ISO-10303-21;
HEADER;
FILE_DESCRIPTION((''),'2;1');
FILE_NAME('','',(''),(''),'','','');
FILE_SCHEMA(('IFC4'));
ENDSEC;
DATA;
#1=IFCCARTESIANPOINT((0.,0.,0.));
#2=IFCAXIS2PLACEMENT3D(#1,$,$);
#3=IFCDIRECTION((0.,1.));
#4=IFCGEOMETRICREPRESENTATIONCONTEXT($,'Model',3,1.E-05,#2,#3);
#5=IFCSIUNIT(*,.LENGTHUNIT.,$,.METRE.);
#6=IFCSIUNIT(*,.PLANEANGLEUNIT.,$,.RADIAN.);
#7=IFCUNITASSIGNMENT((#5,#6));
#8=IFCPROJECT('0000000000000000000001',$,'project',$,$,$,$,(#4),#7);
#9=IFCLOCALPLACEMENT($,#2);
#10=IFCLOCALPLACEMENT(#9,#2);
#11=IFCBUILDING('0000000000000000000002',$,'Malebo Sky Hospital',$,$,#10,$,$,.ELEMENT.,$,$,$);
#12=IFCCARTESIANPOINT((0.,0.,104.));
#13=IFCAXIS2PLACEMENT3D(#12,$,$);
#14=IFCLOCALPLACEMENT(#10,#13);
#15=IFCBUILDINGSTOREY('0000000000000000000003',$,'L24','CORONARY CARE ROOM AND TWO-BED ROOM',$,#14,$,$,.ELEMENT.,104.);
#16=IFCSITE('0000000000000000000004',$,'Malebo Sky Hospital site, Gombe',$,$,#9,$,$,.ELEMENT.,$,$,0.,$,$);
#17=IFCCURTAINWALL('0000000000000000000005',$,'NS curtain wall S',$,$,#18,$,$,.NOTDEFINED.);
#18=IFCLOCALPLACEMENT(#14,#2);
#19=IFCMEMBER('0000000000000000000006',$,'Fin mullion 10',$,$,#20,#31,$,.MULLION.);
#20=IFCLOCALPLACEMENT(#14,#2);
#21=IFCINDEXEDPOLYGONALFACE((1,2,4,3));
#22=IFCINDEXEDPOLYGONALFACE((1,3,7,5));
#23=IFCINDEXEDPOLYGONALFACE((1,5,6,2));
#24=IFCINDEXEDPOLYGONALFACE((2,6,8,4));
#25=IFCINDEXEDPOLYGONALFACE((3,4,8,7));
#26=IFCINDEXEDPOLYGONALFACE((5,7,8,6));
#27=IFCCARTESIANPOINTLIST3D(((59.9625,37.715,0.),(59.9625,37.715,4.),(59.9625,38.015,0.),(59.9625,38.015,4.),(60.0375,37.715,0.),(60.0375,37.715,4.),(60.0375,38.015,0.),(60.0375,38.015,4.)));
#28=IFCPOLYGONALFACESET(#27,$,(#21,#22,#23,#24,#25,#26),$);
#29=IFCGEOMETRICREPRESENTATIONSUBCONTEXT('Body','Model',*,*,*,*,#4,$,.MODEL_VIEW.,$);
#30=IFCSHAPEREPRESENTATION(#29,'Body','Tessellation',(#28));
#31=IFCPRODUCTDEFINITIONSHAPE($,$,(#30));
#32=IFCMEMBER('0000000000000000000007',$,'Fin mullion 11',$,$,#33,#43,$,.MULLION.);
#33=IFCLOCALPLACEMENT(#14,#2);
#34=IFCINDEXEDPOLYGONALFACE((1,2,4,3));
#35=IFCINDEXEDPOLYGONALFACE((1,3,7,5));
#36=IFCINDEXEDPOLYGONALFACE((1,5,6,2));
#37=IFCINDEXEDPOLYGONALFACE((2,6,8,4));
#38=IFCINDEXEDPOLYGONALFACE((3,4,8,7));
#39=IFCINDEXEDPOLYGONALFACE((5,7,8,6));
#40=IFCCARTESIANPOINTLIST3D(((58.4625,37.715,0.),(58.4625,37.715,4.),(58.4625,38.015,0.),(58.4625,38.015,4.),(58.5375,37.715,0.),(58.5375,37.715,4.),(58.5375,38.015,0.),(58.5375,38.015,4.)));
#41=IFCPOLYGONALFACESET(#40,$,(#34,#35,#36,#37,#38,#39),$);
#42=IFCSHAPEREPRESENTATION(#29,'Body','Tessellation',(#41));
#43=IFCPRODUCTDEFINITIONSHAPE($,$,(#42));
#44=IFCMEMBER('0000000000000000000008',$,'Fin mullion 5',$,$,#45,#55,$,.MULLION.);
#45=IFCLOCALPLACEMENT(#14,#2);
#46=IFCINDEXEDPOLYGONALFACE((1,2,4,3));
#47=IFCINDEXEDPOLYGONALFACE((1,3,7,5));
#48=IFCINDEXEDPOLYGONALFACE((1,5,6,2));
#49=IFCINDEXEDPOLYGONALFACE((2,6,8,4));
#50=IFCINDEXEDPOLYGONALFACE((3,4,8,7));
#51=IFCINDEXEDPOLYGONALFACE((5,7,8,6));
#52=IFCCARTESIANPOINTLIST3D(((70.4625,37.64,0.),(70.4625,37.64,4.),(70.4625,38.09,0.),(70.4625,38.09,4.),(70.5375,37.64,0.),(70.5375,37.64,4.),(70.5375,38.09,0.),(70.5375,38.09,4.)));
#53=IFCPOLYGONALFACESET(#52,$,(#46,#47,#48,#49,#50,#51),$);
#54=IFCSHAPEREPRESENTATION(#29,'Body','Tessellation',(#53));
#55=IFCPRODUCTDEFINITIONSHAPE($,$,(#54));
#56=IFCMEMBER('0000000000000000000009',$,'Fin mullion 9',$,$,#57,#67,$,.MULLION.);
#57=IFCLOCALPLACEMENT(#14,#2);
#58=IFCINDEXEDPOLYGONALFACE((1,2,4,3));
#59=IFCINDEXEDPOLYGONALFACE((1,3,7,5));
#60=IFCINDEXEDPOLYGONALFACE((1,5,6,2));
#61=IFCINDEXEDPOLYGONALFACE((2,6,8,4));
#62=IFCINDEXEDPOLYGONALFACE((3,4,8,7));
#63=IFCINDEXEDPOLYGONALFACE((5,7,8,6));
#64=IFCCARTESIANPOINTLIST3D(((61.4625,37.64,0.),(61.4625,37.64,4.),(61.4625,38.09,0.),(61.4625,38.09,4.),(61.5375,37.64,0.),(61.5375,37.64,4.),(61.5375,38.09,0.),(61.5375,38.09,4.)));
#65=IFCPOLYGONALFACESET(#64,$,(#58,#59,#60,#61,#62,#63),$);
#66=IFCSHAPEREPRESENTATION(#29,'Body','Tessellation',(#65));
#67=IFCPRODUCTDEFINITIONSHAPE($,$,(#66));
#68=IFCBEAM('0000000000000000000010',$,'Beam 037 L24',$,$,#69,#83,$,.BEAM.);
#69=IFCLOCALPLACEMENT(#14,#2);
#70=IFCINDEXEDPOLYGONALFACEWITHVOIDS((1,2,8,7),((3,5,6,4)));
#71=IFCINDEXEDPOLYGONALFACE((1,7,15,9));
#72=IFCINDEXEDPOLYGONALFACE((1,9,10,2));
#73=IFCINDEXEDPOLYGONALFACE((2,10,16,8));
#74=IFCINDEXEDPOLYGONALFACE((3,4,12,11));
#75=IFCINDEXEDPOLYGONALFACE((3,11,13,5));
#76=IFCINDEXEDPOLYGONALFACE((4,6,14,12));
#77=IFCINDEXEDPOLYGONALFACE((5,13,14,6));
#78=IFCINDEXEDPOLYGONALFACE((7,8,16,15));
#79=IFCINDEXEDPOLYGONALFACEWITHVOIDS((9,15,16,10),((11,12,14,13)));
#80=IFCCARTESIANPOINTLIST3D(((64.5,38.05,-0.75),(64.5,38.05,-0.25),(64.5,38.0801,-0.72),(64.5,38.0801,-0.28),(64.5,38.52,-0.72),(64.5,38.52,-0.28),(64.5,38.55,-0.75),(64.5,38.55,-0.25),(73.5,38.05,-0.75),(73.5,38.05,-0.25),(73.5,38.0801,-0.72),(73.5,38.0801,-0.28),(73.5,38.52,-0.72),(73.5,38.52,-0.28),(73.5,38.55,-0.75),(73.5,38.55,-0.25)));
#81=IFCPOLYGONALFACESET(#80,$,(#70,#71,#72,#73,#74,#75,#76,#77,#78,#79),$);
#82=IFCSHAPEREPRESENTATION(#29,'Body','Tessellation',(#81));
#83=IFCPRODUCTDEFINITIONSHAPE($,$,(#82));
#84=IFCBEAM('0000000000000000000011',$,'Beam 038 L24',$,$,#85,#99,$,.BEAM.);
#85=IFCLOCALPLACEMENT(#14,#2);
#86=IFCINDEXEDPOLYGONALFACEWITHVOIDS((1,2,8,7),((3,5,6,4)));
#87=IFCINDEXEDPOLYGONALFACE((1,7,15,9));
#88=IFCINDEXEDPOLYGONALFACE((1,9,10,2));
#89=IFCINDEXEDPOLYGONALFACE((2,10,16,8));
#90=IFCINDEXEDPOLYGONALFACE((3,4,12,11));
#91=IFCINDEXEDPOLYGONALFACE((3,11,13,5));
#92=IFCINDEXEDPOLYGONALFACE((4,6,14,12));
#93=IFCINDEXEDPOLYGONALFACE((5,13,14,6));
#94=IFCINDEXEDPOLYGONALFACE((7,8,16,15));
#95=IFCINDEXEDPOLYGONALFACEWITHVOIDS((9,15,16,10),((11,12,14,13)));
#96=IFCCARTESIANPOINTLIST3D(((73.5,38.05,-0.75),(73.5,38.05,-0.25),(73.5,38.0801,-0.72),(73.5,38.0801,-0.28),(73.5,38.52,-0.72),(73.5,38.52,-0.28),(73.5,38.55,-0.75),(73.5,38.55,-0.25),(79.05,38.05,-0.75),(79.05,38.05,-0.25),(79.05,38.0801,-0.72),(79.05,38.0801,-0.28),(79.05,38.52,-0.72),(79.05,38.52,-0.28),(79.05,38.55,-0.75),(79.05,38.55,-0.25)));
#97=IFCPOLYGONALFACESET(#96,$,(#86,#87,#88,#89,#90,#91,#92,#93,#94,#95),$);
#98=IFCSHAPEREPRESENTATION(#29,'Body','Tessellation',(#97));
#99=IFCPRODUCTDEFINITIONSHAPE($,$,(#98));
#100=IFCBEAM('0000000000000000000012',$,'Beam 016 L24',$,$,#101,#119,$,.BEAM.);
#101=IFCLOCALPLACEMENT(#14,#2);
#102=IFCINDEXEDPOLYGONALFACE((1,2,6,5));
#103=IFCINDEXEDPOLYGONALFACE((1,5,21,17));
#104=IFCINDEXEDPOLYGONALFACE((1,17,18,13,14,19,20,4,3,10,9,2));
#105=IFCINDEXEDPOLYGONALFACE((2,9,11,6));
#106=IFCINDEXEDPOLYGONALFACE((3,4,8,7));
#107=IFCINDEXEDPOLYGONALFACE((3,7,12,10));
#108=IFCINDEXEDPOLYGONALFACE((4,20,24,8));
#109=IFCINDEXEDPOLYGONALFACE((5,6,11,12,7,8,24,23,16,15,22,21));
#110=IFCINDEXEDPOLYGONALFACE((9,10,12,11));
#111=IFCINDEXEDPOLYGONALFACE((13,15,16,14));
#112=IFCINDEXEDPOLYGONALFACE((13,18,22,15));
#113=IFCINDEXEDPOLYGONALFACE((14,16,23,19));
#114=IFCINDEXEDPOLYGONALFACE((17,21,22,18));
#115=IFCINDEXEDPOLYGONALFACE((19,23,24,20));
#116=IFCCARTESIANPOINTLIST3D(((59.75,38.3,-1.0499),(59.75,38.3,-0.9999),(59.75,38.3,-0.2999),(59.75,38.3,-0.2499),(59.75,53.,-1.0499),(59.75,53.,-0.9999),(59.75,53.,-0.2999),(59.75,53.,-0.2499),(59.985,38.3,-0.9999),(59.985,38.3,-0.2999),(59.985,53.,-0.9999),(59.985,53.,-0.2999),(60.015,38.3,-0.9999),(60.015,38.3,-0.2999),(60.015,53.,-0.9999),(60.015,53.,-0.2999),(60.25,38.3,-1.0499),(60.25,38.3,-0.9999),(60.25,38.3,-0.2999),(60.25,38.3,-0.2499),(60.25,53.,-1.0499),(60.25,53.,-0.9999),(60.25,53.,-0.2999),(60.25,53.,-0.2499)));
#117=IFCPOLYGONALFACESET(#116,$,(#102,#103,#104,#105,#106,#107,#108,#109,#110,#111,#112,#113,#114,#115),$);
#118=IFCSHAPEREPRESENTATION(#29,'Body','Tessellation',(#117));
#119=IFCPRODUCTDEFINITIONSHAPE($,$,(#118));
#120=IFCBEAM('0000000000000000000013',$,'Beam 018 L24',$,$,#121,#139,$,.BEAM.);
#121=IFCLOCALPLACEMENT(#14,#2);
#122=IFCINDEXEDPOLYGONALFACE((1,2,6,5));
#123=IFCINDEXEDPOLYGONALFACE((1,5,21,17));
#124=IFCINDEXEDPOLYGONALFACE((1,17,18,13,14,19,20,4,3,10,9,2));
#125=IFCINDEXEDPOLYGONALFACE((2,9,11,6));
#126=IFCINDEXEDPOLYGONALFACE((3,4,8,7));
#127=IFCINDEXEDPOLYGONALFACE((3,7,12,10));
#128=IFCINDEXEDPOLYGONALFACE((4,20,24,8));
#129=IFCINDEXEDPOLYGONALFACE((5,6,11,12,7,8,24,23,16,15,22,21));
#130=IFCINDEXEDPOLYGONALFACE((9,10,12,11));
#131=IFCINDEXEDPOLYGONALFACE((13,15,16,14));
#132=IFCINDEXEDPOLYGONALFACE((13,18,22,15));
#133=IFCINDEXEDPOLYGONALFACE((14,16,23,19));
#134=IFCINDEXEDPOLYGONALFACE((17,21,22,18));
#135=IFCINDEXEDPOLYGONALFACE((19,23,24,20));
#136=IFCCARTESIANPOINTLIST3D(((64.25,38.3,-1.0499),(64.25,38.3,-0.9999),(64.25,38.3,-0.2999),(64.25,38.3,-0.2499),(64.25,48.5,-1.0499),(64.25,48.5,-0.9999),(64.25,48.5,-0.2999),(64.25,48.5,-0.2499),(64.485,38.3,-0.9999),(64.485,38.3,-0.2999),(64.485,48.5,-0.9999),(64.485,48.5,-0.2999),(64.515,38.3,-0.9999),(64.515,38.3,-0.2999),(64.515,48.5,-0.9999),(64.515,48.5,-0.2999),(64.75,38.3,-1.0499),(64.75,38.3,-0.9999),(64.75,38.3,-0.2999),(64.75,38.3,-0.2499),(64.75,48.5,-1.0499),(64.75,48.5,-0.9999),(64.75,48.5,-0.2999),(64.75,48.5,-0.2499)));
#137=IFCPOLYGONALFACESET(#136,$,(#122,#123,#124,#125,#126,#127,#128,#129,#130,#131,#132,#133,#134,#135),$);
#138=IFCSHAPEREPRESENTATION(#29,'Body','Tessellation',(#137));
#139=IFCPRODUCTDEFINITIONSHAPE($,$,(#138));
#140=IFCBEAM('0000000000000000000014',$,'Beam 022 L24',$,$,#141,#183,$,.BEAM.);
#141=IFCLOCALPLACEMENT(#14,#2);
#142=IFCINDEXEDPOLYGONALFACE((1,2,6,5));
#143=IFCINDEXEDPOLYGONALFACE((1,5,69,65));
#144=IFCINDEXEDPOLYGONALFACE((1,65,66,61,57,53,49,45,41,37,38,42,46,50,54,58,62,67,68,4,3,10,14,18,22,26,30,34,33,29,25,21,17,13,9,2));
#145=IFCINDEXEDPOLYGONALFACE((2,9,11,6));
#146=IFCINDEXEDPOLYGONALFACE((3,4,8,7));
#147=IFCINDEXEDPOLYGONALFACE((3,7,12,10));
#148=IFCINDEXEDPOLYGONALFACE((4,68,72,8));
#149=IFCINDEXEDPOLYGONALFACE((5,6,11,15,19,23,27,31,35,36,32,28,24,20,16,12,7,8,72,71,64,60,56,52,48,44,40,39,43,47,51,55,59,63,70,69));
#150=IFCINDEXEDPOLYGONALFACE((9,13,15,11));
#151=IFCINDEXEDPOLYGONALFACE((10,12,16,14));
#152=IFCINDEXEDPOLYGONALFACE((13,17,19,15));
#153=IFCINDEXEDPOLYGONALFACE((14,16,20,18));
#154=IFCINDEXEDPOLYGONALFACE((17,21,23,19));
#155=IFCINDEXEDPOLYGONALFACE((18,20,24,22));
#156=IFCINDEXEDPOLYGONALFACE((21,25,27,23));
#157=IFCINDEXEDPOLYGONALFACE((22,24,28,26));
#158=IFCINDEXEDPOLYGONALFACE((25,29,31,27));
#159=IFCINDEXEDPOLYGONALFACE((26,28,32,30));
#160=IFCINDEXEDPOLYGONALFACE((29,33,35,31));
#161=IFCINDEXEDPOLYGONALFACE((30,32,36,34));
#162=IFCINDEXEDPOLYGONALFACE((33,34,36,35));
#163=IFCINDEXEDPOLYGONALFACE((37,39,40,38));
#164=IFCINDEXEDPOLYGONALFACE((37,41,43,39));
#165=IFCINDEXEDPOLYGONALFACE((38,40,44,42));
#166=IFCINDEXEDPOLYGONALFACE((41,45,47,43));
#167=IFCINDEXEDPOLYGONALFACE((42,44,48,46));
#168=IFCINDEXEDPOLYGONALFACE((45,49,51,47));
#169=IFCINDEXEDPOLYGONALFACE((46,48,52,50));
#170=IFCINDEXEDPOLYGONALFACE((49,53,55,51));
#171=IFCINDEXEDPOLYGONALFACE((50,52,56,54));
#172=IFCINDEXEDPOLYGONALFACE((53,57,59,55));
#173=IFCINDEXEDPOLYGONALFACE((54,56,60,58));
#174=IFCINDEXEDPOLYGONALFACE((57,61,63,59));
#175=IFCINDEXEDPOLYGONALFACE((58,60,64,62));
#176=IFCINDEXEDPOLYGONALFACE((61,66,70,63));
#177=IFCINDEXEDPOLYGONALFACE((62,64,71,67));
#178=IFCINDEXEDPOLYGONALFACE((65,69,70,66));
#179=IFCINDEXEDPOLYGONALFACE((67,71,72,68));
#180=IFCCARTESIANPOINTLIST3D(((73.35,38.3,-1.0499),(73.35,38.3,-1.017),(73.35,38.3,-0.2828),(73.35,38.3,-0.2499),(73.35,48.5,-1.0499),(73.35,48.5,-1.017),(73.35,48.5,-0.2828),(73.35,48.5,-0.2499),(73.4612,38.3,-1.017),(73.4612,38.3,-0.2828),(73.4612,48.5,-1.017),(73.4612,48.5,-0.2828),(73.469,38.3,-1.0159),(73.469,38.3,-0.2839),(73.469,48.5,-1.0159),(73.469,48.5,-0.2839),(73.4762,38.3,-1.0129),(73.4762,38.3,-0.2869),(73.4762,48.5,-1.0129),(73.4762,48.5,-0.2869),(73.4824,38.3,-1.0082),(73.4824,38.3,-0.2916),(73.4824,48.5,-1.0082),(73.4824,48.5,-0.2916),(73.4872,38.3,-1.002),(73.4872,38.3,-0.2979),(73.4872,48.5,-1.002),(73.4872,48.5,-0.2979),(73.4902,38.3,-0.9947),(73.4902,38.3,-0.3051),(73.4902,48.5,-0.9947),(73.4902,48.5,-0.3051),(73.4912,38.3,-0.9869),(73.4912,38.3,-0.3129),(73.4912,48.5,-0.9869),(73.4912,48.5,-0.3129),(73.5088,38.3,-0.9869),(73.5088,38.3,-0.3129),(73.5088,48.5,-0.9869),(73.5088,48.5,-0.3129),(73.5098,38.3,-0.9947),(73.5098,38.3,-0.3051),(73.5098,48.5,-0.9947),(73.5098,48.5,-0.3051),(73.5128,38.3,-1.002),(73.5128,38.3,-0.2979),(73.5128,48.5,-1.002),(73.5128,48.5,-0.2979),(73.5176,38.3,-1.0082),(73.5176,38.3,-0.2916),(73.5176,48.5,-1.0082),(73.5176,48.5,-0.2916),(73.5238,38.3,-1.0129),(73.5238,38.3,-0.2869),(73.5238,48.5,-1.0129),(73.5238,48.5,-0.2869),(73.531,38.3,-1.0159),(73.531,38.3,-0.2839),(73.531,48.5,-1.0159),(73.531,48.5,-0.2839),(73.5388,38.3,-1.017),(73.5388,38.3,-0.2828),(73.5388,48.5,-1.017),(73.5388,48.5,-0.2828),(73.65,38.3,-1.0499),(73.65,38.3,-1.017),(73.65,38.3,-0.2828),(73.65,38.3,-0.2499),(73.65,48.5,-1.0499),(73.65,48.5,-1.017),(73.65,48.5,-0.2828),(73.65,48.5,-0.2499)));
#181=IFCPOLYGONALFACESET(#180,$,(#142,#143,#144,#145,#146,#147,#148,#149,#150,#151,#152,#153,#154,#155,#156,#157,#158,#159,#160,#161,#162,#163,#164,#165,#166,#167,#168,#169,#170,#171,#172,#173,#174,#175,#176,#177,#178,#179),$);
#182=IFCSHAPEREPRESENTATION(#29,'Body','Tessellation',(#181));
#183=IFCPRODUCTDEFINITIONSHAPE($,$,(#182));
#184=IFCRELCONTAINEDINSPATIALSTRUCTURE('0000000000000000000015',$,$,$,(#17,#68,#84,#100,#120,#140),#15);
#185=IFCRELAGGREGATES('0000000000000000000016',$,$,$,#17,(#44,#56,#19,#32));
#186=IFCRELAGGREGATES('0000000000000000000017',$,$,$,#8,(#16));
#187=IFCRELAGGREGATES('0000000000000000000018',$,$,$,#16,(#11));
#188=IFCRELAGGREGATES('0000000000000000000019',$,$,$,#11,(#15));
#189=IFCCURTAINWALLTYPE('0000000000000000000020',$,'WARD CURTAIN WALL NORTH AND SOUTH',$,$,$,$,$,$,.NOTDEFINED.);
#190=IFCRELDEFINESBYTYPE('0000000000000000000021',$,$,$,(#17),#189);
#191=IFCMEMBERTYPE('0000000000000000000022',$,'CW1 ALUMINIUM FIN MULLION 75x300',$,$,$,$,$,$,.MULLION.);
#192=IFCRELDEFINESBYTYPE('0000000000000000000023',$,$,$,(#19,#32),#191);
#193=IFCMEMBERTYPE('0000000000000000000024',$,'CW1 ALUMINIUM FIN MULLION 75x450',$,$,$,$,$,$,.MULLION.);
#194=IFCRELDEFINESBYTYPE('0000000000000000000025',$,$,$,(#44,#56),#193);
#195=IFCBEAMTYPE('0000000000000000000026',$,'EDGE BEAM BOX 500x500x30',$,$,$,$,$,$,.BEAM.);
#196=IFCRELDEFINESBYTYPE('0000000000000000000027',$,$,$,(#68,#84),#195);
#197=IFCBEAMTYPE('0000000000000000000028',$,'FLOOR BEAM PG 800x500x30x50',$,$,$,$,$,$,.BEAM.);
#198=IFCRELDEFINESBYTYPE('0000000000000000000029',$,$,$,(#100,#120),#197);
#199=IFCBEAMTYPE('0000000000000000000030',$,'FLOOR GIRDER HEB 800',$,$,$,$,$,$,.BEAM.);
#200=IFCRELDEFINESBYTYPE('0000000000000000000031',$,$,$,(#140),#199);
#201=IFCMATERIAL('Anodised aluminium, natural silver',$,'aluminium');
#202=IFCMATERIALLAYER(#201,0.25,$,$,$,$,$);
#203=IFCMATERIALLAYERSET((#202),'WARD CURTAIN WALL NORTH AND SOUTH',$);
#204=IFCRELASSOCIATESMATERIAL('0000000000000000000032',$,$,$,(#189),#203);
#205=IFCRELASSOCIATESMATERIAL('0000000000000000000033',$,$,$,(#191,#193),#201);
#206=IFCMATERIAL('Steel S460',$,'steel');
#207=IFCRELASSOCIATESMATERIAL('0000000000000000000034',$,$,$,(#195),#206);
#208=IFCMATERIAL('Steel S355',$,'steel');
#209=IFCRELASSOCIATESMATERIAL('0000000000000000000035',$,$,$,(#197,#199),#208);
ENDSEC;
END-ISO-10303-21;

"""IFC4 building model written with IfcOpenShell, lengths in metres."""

from ifc_helpers import new_model, si_unit, direction, frame, origin, origin_2d, place, context, subcontext, project, spatial, rectangle, hollow_rectangle, i_section, extrude, material, layer, layer_set, material_profile, profile_set, type_object, element, aggregate, save


model = new_model("IFC4")

# Units and contexts
model_context = context("Model", 3, precision=1e-05, world=origin(), true_north=direction((0.0, 1.0)))
body_context = subcontext(model_context, "Body", "Model", "MODEL_VIEW")
ifc_project = project(units=[si_unit("LENGTHUNIT", "METRE"), si_unit("PLANEANGLEUNIT", "RADIAN")], contexts=[model_context])

# Site, building, storey
site_placement = place(None, origin())
site = spatial("IfcSite", under=ifc_project, at=site_placement, Name="Malebo Sky Hospital site, Gombe", CompositionType="ELEMENT", RefElevation=0.0)
building_placement = place(site_placement, origin())
building = spatial("IfcBuilding", under=site, at=building_placement, Name="Malebo Sky Hospital", CompositionType="ELEMENT")
storey_placement = place(building_placement, frame((0.0, 0.0, 104.0)))
storey = spatial("IfcBuildingStorey", under=building, at=storey_placement, Name="L24", Description="CORONARY CARE ROOM AND TWO-BED ROOM", CompositionType="ELEMENT", Elevation=104.0)

# Shared definitions
ifc_material_1 = material(Name="Steel S460", Category="steel")

# Curtain wall, members
ifc_material_2 = material(Name="Anodised aluminium, natural silver", Category="aluminium")
ifc_layer_1 = layer(ifc_material_2, 0.25)
ifc_layer_set_1 = layer_set([ifc_layer_1], Name="WARD CURTAIN WALL NORTH AND SOUTH")
curtain_wall_type = type_object("IfcCurtainWallType", Name="WARD CURTAIN WALL NORTH AND SOUTH", PredefinedType="NOTDEFINED", material=ifc_layer_set_1)
curtain_wall_placement = place(storey_placement, origin())
curtain_wall = element("IfcCurtainWall", 1, at=curtain_wall_placement, inside=storey, type_object=curtain_wall_type, Name="NS curtain wall S", PredefinedType="NOTDEFINED")
ifc_material_profile_1 = material_profile(ifc_material_2, rectangle(XDim=0.075, YDim=0.3, at=origin_2d()), Name="CW1 ALUMINIUM FIN MULLION 75x300")
ifc_profile_set_1 = profile_set([ifc_material_profile_1], Name="Anodised aluminium, natural silver")
member_type_1 = type_object("IfcMemberType", Name="CW1 ALUMINIUM FIN MULLION 75x300", PredefinedType="MULLION", material=ifc_profile_set_1)
member_1_placement = place(storey_placement, frame((60.0, 37.865, 0.0), z_axis=(0.0, 0.0, 1.0), x_axis=(-1.0, 0.0, 0.0)))
member_1 = element("IfcMember", 2, at=member_1_placement, type_object=member_type_1, Name="Fin mullion 10", PredefinedType="MULLION", context=body_context, shape_type="SweptSolid", body=[
    extrude(rectangle(XDim=0.075, YDim=0.3, at=origin_2d()), origin(), (0.0, 0.0, 1.0), 4.0),
])
member_2_placement = place(storey_placement, frame((58.5, 37.865, 0.0), z_axis=(0.0, 0.0, 1.0), x_axis=(-1.0, 0.0, 0.0)))
member_2 = element("IfcMember", 3, at=member_2_placement, type_object=member_type_1, Name="Fin mullion 11", PredefinedType="MULLION", context=body_context, shape_type="SweptSolid", body=[
    extrude(rectangle(XDim=0.075, YDim=0.3, at=origin_2d()), origin(), (0.0, 0.0, 1.0), 4.0),
])
ifc_material_profile_2 = material_profile(ifc_material_2, rectangle(XDim=0.075, YDim=0.45, at=origin_2d()), Name="CW1 ALUMINIUM FIN MULLION 75x450")
ifc_profile_set_2 = profile_set([ifc_material_profile_2], Name="Anodised aluminium, natural silver")
member_type_2 = type_object("IfcMemberType", Name="CW1 ALUMINIUM FIN MULLION 75x450", PredefinedType="MULLION", material=ifc_profile_set_2)
member_3_placement = place(storey_placement, frame((70.5, 37.865, 0.0), z_axis=(0.0, 0.0, 1.0), x_axis=(-1.0, 0.0, 0.0)))
member_3 = element("IfcMember", 4, at=member_3_placement, type_object=member_type_2, Name="Fin mullion 5", PredefinedType="MULLION", context=body_context, shape_type="SweptSolid", body=[
    extrude(rectangle(XDim=0.075, YDim=0.45, at=origin_2d()), origin(), (0.0, 0.0, 1.0), 4.0),
])
member_4_placement = place(storey_placement, frame((61.5, 37.865, 0.0), z_axis=(0.0, 0.0, 1.0), x_axis=(-1.0, 0.0, 0.0)))
member_4 = element("IfcMember", 5, at=member_4_placement, type_object=member_type_2, Name="Fin mullion 9", PredefinedType="MULLION", context=body_context, shape_type="SweptSolid", body=[
    extrude(rectangle(XDim=0.075, YDim=0.45, at=origin_2d()), origin(), (0.0, 0.0, 1.0), 4.0),
])

# Beams
ifc_material_profile_3 = material_profile(ifc_material_1, hollow_rectangle(XDim=0.5, YDim=0.5, WallThickness=0.03, at=origin_2d()), Name="BOX 500x500x30")
ifc_profile_set_3 = profile_set([ifc_material_profile_3], Name="Steel S460")
beam_type_1 = type_object("IfcBeamType", Name="EDGE BEAM BOX 500x500x30", PredefinedType="BEAM", material=ifc_profile_set_3)
beam_1_placement = place(storey_placement, frame((64.5, 38.3, -0.5), z_axis=(1.0, 0.0, 0.0), x_axis=(0.0, 1.0, 0.0)))
element("IfcBeam", 6, at=beam_1_placement, inside=storey, type_object=beam_type_1, Name="Beam 037 L24", PredefinedType="BEAM", context=body_context, shape_type="SweptSolid", body=[
    extrude(hollow_rectangle(XDim=0.5, YDim=0.5, WallThickness=0.03, at=origin_2d()), origin(), (0.0, 0.0, 1.0), 9.0),
])
beam_2_placement = place(storey_placement, frame((73.5, 38.3, -0.5), z_axis=(1.0, 0.0, 0.0), x_axis=(0.0, 1.0, 0.0)))
element("IfcBeam", 7, at=beam_2_placement, inside=storey, type_object=beam_type_1, Name="Beam 038 L24", PredefinedType="BEAM", context=body_context, shape_type="SweptSolid", body=[
    extrude(hollow_rectangle(XDim=0.5, YDim=0.5, WallThickness=0.03, at=origin_2d()), origin(), (0.0, 0.0, 1.0), 5.55),
])
ifc_material_3 = material(Name="Steel S355", Category="steel")
ifc_material_profile_4 = material_profile(ifc_material_3, i_section(OverallWidth=0.5, OverallDepth=0.8, WebThickness=0.03, FlangeThickness=0.05, at=origin_2d()), Name="PG 800x500x30x50")
ifc_profile_set_4 = profile_set([ifc_material_profile_4], Name="Steel S355")
beam_type_2 = type_object("IfcBeamType", Name="FLOOR BEAM PG 800x500x30x50", PredefinedType="BEAM", material=ifc_profile_set_4)
beam_3_placement = place(storey_placement, frame((60.0, 38.3, -0.6499), z_axis=(0.0, 1.0, 0.0), x_axis=(-1.0, 0.0, 0.0)))
element("IfcBeam", 8, at=beam_3_placement, inside=storey, type_object=beam_type_2, Name="Beam 016 L24", PredefinedType="BEAM", context=body_context, shape_type="SweptSolid", body=[
    extrude(i_section(OverallWidth=0.5, OverallDepth=0.8, WebThickness=0.03, FlangeThickness=0.05, at=origin_2d()), origin(), (0.0, 0.0, 1.0), 14.7),
])
beam_4_placement = place(storey_placement, frame((64.5, 38.3, -0.6499), z_axis=(0.0, 1.0, 0.0), x_axis=(-1.0, 0.0, 0.0)))
element("IfcBeam", 9, at=beam_4_placement, inside=storey, type_object=beam_type_2, Name="Beam 018 L24", PredefinedType="BEAM", context=body_context, shape_type="SweptSolid", body=[
    extrude(i_section(OverallWidth=0.5, OverallDepth=0.8, WebThickness=0.03, FlangeThickness=0.05, at=origin_2d()), origin(), (0.0, 0.0, 1.0), 10.2),
])
ifc_material_profile_5 = material_profile(ifc_material_3, i_section(OverallWidth=0.3, OverallDepth=0.8, WebThickness=0.0176, FlangeThickness=0.033, FilletRadius=0.03, at=origin_2d()), Name="HEB 800")
ifc_profile_set_5 = profile_set([ifc_material_profile_5], Name="Steel S355")
beam_type_3 = type_object("IfcBeamType", Name="FLOOR GIRDER HEB 800", PredefinedType="BEAM", material=ifc_profile_set_5)
beam_5_placement = place(storey_placement, frame((73.5, 38.3, -0.6499), z_axis=(0.0, 1.0, 0.0), x_axis=(-1.0, 0.0, 0.0)))
element("IfcBeam", 10, at=beam_5_placement, inside=storey, type_object=beam_type_3, Name="Beam 022 L24", PredefinedType="BEAM", context=body_context, shape_type="SweptSolid", body=[
    extrude(i_section(OverallWidth=0.3, OverallDepth=0.8, WebThickness=0.0176, FlangeThickness=0.033, FilletRadius=0.03, at=origin_2d()), origin(), (0.0, 0.0, 1.0), 10.2),
])

aggregate(curtain_wall, [member_3, member_4, member_1, member_2])

save(model, "model.ifc")
